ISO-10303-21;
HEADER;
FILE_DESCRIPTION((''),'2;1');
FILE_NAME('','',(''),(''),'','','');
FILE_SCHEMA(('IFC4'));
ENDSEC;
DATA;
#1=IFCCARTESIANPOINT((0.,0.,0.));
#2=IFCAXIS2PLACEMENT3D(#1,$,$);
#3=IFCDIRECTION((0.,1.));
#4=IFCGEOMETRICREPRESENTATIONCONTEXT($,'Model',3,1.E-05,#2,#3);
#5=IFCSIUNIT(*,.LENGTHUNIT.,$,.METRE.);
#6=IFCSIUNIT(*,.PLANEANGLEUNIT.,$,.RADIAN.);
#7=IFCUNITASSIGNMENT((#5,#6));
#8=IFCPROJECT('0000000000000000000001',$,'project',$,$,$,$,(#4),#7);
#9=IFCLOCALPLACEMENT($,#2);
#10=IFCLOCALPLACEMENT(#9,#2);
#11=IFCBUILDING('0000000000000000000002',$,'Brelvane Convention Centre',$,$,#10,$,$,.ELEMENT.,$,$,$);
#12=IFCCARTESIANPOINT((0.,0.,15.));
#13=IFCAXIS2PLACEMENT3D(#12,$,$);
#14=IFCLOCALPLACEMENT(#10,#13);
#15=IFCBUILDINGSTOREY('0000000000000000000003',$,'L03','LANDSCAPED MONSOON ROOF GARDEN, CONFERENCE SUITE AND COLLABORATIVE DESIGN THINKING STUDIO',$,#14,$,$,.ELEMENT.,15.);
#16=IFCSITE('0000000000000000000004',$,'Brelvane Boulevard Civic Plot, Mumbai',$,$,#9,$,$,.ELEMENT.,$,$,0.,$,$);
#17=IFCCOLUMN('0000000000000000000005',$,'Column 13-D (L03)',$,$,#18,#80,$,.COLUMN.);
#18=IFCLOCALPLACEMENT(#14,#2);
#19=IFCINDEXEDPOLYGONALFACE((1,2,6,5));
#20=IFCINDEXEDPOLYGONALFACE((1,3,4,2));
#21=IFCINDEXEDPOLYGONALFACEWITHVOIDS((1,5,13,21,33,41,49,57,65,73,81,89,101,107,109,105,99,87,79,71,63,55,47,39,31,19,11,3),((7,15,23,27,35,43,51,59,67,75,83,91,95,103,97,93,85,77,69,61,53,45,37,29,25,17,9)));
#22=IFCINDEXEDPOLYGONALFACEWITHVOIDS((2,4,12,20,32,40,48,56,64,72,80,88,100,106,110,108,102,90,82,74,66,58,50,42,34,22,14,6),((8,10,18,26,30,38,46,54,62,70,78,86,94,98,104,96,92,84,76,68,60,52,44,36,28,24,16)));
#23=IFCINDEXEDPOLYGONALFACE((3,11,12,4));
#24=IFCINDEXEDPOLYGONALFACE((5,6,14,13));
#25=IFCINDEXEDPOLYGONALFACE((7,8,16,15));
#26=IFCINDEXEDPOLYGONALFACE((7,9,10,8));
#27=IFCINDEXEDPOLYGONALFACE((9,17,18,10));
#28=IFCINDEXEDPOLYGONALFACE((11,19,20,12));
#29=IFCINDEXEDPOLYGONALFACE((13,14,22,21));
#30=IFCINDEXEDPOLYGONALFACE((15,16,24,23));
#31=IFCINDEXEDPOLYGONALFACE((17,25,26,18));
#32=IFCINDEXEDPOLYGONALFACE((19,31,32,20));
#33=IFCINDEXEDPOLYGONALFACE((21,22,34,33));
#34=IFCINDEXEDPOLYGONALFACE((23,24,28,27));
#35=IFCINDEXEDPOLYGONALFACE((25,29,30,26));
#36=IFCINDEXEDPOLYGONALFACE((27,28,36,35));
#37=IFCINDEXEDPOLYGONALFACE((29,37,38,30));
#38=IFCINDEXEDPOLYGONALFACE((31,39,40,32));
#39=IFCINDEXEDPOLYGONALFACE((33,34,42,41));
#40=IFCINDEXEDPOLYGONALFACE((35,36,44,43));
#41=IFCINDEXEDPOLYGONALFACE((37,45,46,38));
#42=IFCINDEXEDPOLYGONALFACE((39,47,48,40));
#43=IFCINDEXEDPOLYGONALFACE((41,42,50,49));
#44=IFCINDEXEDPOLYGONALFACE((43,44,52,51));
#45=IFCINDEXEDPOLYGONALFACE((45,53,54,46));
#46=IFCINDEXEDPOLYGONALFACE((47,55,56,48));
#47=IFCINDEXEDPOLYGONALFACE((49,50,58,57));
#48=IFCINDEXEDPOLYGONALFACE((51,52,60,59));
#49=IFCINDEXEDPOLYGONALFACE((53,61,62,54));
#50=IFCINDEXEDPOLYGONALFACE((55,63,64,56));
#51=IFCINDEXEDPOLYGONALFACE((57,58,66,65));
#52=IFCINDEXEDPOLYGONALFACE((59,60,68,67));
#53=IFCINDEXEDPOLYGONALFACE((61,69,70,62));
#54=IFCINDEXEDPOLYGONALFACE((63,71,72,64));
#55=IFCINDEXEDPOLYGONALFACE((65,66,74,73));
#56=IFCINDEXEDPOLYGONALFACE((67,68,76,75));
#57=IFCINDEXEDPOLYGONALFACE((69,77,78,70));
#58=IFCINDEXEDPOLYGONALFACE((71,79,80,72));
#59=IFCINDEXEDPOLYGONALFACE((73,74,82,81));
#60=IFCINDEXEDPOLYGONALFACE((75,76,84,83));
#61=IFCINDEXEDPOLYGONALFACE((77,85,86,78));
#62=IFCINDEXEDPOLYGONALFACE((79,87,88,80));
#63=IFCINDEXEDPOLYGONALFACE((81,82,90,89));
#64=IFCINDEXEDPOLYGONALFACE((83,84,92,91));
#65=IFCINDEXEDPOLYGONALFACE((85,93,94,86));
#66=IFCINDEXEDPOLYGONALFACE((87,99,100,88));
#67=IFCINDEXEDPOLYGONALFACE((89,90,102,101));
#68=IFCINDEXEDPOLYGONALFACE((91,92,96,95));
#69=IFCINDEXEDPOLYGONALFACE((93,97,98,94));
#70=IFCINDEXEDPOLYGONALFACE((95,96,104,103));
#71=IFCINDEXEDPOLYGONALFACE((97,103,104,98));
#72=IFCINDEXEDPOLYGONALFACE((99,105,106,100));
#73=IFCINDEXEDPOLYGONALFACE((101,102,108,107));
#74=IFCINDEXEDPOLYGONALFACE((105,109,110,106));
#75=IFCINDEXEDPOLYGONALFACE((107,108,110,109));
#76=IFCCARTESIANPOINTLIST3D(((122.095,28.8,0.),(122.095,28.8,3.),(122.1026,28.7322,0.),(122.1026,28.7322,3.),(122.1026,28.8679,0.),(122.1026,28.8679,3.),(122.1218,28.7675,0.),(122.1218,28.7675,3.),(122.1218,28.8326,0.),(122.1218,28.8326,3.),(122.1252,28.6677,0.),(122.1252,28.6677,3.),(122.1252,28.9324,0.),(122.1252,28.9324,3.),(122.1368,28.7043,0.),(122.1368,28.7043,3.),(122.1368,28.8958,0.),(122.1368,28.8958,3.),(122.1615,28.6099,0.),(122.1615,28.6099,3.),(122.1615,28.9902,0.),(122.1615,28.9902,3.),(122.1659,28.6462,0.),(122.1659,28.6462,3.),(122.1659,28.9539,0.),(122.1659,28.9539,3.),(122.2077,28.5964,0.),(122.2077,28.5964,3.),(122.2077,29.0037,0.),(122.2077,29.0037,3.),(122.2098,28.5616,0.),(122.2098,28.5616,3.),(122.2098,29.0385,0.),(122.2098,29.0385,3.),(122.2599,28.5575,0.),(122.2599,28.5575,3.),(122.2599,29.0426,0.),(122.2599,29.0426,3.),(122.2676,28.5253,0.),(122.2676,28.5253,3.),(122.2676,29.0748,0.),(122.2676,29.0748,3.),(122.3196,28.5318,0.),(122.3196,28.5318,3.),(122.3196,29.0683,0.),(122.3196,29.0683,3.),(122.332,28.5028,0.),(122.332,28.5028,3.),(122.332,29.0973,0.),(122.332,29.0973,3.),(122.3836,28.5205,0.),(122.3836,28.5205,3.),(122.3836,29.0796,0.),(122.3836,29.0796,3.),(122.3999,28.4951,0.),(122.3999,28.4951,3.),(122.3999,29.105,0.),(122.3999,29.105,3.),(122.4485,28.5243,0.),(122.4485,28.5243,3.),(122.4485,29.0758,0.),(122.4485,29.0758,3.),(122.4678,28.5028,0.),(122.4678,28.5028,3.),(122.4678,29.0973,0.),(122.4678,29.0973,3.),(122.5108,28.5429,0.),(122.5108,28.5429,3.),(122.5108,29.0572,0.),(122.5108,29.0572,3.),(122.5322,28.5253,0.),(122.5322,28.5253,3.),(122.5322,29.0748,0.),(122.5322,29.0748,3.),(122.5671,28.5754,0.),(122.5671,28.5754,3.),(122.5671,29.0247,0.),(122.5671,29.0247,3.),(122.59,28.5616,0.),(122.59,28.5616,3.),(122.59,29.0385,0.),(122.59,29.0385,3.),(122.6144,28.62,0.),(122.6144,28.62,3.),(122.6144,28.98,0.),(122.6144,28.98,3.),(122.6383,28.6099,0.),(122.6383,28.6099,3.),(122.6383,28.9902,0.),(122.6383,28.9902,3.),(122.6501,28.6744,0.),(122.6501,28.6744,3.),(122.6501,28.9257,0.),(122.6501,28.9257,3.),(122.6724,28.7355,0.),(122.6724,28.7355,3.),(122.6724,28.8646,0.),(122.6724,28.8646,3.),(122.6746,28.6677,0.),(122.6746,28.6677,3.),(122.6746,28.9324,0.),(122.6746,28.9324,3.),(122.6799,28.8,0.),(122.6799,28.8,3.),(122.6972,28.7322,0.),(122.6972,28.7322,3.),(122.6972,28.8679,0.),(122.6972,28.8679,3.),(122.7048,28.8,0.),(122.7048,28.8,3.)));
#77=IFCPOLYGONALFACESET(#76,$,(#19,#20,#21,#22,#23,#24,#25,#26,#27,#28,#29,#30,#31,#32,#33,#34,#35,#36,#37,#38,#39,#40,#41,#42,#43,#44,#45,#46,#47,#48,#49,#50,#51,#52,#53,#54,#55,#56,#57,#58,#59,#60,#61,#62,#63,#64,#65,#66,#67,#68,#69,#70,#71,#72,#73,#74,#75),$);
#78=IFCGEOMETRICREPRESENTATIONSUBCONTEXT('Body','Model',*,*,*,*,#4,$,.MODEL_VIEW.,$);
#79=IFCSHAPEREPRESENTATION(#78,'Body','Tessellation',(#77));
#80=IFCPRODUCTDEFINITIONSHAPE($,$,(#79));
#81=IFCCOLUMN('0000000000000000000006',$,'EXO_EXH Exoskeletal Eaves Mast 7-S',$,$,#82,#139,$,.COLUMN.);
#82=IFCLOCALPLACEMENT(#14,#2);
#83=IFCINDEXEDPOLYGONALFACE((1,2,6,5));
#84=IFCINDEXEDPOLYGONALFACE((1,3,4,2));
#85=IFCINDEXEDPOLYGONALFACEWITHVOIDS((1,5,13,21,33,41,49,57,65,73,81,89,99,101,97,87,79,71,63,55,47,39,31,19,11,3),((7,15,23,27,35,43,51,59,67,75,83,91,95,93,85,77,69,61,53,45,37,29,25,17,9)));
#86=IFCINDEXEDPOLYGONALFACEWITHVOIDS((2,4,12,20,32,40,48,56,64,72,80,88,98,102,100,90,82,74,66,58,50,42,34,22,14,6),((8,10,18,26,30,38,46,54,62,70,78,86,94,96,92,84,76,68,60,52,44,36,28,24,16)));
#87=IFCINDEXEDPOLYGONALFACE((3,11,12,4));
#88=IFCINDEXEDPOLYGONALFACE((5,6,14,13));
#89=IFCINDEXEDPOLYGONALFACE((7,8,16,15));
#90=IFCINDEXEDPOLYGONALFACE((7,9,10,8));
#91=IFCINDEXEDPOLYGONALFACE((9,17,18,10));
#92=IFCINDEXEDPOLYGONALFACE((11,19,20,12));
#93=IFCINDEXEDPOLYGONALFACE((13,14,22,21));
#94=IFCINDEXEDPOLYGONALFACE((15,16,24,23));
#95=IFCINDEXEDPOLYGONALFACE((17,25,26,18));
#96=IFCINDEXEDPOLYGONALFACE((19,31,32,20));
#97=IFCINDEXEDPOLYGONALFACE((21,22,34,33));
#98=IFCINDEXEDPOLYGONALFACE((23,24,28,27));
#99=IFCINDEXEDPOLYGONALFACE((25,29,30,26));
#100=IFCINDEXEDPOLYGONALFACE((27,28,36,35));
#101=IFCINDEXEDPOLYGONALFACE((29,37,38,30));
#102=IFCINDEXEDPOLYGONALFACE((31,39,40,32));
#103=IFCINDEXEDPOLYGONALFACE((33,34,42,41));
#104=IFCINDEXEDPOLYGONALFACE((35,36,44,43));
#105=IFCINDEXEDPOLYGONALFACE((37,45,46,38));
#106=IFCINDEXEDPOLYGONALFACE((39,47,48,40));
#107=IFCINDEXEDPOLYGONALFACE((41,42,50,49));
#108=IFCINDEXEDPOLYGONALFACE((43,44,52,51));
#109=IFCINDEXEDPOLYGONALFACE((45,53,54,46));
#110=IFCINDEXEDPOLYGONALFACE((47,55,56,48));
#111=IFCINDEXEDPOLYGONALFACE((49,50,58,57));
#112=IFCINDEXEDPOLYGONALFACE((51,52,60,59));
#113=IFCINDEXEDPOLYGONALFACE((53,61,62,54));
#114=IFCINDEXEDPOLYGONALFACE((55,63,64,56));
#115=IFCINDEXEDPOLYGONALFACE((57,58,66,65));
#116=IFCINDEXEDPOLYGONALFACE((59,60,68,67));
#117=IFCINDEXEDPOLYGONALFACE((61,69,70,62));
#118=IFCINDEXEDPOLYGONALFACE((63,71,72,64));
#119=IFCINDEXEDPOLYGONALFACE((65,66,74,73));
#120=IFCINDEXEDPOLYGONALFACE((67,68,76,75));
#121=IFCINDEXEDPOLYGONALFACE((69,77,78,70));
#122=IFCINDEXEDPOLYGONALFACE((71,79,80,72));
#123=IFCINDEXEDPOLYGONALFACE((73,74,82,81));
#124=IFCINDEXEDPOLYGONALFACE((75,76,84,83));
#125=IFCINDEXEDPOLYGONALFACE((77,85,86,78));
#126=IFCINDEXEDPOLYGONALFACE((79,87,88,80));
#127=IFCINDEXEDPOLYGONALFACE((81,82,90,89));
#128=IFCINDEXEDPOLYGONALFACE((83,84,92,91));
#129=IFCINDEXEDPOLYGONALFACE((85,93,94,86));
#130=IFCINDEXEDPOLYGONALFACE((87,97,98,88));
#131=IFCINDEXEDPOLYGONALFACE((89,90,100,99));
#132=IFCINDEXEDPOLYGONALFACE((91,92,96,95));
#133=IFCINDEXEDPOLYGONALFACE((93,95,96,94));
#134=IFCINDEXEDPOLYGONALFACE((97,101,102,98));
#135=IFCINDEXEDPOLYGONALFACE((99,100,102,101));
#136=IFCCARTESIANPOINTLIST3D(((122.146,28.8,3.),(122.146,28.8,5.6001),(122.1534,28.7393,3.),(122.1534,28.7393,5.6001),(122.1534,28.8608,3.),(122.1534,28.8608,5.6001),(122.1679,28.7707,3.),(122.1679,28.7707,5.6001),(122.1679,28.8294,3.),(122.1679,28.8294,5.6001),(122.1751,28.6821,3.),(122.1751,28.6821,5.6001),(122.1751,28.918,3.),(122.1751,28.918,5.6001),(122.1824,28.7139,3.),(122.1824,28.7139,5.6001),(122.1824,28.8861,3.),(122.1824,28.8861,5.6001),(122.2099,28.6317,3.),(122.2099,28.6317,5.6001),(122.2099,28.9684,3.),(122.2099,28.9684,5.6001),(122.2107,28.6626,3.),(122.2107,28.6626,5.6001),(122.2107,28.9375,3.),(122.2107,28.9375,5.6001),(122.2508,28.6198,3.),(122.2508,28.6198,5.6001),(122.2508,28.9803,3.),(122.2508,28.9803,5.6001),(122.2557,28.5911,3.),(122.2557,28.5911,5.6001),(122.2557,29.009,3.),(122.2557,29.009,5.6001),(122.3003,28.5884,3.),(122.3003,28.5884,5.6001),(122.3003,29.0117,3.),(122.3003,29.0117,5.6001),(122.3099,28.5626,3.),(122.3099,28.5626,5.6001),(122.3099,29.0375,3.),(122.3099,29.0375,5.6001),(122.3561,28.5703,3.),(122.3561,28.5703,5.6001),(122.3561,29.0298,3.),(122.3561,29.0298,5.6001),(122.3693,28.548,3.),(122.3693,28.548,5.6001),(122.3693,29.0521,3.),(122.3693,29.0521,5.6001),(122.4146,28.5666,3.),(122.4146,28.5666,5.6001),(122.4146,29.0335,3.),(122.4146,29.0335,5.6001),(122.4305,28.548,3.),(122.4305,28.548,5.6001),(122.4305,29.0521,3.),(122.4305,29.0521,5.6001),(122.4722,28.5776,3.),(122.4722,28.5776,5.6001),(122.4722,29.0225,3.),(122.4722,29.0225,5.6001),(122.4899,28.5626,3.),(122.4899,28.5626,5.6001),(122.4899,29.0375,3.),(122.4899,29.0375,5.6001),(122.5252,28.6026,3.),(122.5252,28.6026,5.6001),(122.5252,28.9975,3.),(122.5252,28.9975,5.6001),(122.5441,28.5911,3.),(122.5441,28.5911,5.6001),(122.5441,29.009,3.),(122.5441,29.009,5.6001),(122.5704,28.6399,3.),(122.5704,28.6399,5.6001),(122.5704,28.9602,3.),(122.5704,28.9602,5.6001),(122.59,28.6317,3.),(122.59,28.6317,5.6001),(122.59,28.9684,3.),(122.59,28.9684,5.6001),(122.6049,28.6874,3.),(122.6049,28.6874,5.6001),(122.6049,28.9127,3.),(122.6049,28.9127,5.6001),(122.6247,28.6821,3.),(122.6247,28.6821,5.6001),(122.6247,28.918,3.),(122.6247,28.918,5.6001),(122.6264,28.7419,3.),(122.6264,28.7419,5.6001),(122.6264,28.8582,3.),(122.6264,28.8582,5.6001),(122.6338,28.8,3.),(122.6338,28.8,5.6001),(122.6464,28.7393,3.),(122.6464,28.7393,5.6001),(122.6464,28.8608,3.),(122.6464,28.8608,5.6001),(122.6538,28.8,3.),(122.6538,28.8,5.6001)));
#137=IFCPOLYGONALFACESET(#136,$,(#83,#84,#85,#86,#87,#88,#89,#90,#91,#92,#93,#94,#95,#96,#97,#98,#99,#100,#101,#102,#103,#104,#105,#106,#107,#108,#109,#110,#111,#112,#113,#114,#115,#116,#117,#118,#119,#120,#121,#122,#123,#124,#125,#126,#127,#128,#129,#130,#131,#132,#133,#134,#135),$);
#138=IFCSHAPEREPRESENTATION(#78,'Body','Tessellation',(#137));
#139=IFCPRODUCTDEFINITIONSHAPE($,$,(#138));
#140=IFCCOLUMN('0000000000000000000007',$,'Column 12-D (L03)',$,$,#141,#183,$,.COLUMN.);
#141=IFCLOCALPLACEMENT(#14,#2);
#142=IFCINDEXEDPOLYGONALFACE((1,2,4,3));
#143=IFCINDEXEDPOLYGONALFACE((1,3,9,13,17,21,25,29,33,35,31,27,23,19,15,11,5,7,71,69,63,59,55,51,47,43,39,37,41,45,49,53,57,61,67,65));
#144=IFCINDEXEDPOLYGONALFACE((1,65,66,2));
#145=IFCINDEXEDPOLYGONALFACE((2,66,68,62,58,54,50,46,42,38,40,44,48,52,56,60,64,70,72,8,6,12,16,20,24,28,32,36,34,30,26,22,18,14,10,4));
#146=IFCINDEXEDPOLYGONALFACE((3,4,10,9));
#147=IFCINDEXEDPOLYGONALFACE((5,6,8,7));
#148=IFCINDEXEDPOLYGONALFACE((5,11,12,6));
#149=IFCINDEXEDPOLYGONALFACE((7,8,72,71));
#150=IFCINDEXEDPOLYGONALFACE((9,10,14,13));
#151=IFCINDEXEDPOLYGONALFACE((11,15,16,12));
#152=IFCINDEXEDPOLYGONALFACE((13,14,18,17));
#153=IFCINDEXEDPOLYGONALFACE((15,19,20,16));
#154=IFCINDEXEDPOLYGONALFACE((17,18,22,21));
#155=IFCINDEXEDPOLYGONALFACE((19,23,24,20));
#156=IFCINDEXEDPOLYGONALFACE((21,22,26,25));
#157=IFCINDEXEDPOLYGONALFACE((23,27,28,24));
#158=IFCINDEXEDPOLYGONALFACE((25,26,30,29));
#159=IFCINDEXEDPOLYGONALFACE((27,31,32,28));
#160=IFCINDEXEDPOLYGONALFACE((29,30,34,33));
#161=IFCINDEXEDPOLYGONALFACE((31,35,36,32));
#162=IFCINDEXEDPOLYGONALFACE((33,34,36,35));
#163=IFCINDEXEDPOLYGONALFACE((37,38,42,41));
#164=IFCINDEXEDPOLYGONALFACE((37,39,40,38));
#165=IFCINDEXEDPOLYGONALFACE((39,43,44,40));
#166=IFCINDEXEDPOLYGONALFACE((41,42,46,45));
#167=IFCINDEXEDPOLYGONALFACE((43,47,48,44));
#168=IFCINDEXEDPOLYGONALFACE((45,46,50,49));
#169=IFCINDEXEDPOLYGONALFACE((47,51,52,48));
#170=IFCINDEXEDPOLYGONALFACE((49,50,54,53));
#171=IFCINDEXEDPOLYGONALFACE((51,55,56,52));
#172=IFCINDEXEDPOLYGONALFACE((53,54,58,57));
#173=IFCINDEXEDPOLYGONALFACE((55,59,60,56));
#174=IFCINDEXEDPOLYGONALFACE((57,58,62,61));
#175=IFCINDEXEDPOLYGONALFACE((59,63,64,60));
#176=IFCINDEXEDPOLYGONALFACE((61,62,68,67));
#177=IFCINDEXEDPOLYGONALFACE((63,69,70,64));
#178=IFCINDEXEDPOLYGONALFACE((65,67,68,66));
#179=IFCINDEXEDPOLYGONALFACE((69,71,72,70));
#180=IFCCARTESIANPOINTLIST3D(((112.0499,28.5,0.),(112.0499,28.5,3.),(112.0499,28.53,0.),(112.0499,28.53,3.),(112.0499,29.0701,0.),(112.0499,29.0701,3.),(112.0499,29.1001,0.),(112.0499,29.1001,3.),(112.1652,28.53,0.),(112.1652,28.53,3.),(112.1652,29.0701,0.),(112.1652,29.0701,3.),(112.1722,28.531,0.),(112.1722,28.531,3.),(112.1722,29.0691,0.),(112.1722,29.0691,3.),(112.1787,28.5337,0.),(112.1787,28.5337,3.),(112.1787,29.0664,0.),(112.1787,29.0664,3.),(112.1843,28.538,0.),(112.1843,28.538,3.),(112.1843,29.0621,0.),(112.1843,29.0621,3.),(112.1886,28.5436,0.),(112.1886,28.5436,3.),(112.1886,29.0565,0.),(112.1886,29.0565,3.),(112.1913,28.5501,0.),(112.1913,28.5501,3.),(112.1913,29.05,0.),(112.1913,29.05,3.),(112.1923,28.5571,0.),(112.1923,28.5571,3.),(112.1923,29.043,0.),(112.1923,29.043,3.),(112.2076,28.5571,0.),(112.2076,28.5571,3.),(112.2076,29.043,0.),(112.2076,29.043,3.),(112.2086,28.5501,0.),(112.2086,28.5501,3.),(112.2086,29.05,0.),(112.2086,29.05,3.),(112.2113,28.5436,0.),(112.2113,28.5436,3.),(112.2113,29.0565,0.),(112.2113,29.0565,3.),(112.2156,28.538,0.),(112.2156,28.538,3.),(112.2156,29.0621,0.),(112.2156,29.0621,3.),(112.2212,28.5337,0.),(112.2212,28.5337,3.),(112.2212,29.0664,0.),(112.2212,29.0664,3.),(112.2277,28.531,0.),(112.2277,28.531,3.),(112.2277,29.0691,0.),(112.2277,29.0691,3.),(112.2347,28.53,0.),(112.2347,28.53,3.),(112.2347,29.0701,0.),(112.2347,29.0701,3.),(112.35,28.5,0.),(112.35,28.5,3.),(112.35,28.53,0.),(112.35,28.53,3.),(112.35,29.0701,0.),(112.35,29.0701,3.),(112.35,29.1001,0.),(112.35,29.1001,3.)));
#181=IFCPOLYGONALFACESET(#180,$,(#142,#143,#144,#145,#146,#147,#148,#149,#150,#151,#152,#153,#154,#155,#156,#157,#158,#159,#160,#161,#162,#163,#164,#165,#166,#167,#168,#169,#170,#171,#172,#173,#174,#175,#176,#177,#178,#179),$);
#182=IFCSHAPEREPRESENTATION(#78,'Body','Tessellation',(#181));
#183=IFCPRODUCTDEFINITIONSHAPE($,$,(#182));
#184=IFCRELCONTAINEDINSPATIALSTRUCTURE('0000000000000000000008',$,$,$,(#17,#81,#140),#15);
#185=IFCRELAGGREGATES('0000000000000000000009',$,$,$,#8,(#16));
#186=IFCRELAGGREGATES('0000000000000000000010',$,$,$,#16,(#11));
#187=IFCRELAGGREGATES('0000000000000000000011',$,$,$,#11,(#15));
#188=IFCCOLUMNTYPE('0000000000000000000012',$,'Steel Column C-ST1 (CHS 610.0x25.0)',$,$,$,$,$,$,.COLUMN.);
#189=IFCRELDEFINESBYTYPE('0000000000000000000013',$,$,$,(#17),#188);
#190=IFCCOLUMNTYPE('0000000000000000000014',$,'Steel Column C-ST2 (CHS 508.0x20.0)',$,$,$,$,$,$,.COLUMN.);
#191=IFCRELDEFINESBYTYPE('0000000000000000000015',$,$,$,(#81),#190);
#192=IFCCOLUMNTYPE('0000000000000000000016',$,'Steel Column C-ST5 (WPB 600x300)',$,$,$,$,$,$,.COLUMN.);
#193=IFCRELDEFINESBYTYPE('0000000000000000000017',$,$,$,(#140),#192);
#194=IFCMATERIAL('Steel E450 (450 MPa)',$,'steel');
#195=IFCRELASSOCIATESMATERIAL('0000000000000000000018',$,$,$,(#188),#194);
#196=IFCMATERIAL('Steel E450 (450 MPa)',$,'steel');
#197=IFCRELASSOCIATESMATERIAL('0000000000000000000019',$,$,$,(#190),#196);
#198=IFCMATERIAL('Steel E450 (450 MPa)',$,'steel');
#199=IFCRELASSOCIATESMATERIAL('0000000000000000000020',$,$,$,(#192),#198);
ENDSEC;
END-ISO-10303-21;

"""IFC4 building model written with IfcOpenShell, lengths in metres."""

from ifc_helpers import new_model, si_unit, direction, frame, origin, origin_2d, place, context, subcontext, project, spatial, hollow_circle, i_section, extrude, material, material_profile, profile_set, type_object, element, save


model = new_model("IFC4")

# Units and contexts
model_context = context("Model", 3, precision=1e-05, world=origin(), true_north=direction((0.0, 1.0)))
body_context = subcontext(model_context, "Body", "Model", "MODEL_VIEW")
ifc_project = project(units=[si_unit("LENGTHUNIT", "METRE"), si_unit("PLANEANGLEUNIT", "RADIAN")], contexts=[model_context])

# Site, building, storey
site_placement = place(None, origin())
site = spatial("IfcSite", under=ifc_project, at=site_placement, Name="Brelvane Boulevard Civic Plot, Mumbai", CompositionType="ELEMENT", RefElevation=0.0)
building_placement = place(site_placement, origin())
building = spatial("IfcBuilding", under=site, at=building_placement, Name="Brelvane Convention Centre", CompositionType="ELEMENT")
storey_placement = place(building_placement, frame((0.0, 0.0, 15.0)))
storey = spatial("IfcBuildingStorey", under=building, at=storey_placement, Name="L03", Description="LANDSCAPED MONSOON ROOF GARDEN, CONFERENCE SUITE AND COLLABORATIVE DESIGN THINKING STUDIO", CompositionType="ELEMENT", Elevation=15.0)

# Columns
ifc_material_1 = material(Name="Steel E450 (450 MPa)", Category="steel")
ifc_material_profile_1 = material_profile(ifc_material_1, hollow_circle(Radius=0.3049, WallThickness=0.0249, at=origin_2d()), Name="CHS 610.0x25.0")
ifc_profile_set_1 = profile_set([ifc_material_profile_1], Name="Steel E450 (450 MPa)")
column_type_1 = type_object("IfcColumnType", Name="Steel Column C-ST1 (CHS 610.0x25.0)", PredefinedType="COLUMN", material=ifc_profile_set_1)
column_1_placement = place(storey_placement, frame((122.3999, 28.8, 0.0), z_axis=(0.0, 0.0, 1.0), x_axis=(1.0, 0.0, 0.0)))
element("IfcColumn", 1, at=column_1_placement, inside=storey, type_object=column_type_1, Name="Column 13-D (L03)", PredefinedType="COLUMN", context=body_context, shape_type="SweptSolid", body=[
    extrude(hollow_circle(Radius=0.3049, WallThickness=0.0249, at=origin_2d()), origin(), (0.0, 0.0, 1.0), 3.0),
])
ifc_material_2 = material(Name="Steel E450 (450 MPa)", Category="steel")
ifc_material_profile_2 = material_profile(ifc_material_2, hollow_circle(Radius=0.2539, WallThickness=0.02, at=origin_2d()), Name="CHS 508.0x20.0")
ifc_profile_set_2 = profile_set([ifc_material_profile_2], Name="Steel E450 (450 MPa)")
column_type_2 = type_object("IfcColumnType", Name="Steel Column C-ST2 (CHS 508.0x20.0)", PredefinedType="COLUMN", material=ifc_profile_set_2)
column_2_placement = place(storey_placement, frame((122.3999, 28.8, 3.0), z_axis=(0.0, 0.0, 1.0), x_axis=(1.0, 0.0, 0.0)))
element("IfcColumn", 2, at=column_2_placement, inside=storey, type_object=column_type_2, Name="EXO_EXH Exoskeletal Eaves Mast 7-S", PredefinedType="COLUMN", context=body_context, shape_type="SweptSolid", body=[
    extrude(hollow_circle(Radius=0.2539, WallThickness=0.02, at=origin_2d()), origin(), (0.0, 0.0, 1.0), 2.6001),
])
ifc_material_3 = material(Name="Steel E450 (450 MPa)", Category="steel")
ifc_material_profile_3 = material_profile(ifc_material_3, i_section(OverallWidth=0.3, OverallDepth=0.6001, WebThickness=0.0154, FlangeThickness=0.03, FilletRadius=0.0271, at=origin_2d()), Name="WPB 600x300")
ifc_profile_set_3 = profile_set([ifc_material_profile_3], Name="Steel E450 (450 MPa)")
column_type_3 = type_object("IfcColumnType", Name="Steel Column C-ST5 (WPB 600x300)", PredefinedType="COLUMN", material=ifc_profile_set_3)
column_3_placement = place(storey_placement, frame((112.2, 28.8, 0.0), z_axis=(0.0, 0.0, 1.0), x_axis=(1.0, 0.0, 0.0)))
element("IfcColumn", 3, at=column_3_placement, inside=storey, type_object=column_type_3, Name="Column 12-D (L03)", PredefinedType="COLUMN", context=body_context, shape_type="SweptSolid", body=[
    extrude(i_section(OverallWidth=0.3, OverallDepth=0.6001, WebThickness=0.0154, FlangeThickness=0.03, FilletRadius=0.0271, at=origin_2d()), origin(), (0.0, 0.0, 1.0), 3.0),
])

save(model, "model.ifc")
